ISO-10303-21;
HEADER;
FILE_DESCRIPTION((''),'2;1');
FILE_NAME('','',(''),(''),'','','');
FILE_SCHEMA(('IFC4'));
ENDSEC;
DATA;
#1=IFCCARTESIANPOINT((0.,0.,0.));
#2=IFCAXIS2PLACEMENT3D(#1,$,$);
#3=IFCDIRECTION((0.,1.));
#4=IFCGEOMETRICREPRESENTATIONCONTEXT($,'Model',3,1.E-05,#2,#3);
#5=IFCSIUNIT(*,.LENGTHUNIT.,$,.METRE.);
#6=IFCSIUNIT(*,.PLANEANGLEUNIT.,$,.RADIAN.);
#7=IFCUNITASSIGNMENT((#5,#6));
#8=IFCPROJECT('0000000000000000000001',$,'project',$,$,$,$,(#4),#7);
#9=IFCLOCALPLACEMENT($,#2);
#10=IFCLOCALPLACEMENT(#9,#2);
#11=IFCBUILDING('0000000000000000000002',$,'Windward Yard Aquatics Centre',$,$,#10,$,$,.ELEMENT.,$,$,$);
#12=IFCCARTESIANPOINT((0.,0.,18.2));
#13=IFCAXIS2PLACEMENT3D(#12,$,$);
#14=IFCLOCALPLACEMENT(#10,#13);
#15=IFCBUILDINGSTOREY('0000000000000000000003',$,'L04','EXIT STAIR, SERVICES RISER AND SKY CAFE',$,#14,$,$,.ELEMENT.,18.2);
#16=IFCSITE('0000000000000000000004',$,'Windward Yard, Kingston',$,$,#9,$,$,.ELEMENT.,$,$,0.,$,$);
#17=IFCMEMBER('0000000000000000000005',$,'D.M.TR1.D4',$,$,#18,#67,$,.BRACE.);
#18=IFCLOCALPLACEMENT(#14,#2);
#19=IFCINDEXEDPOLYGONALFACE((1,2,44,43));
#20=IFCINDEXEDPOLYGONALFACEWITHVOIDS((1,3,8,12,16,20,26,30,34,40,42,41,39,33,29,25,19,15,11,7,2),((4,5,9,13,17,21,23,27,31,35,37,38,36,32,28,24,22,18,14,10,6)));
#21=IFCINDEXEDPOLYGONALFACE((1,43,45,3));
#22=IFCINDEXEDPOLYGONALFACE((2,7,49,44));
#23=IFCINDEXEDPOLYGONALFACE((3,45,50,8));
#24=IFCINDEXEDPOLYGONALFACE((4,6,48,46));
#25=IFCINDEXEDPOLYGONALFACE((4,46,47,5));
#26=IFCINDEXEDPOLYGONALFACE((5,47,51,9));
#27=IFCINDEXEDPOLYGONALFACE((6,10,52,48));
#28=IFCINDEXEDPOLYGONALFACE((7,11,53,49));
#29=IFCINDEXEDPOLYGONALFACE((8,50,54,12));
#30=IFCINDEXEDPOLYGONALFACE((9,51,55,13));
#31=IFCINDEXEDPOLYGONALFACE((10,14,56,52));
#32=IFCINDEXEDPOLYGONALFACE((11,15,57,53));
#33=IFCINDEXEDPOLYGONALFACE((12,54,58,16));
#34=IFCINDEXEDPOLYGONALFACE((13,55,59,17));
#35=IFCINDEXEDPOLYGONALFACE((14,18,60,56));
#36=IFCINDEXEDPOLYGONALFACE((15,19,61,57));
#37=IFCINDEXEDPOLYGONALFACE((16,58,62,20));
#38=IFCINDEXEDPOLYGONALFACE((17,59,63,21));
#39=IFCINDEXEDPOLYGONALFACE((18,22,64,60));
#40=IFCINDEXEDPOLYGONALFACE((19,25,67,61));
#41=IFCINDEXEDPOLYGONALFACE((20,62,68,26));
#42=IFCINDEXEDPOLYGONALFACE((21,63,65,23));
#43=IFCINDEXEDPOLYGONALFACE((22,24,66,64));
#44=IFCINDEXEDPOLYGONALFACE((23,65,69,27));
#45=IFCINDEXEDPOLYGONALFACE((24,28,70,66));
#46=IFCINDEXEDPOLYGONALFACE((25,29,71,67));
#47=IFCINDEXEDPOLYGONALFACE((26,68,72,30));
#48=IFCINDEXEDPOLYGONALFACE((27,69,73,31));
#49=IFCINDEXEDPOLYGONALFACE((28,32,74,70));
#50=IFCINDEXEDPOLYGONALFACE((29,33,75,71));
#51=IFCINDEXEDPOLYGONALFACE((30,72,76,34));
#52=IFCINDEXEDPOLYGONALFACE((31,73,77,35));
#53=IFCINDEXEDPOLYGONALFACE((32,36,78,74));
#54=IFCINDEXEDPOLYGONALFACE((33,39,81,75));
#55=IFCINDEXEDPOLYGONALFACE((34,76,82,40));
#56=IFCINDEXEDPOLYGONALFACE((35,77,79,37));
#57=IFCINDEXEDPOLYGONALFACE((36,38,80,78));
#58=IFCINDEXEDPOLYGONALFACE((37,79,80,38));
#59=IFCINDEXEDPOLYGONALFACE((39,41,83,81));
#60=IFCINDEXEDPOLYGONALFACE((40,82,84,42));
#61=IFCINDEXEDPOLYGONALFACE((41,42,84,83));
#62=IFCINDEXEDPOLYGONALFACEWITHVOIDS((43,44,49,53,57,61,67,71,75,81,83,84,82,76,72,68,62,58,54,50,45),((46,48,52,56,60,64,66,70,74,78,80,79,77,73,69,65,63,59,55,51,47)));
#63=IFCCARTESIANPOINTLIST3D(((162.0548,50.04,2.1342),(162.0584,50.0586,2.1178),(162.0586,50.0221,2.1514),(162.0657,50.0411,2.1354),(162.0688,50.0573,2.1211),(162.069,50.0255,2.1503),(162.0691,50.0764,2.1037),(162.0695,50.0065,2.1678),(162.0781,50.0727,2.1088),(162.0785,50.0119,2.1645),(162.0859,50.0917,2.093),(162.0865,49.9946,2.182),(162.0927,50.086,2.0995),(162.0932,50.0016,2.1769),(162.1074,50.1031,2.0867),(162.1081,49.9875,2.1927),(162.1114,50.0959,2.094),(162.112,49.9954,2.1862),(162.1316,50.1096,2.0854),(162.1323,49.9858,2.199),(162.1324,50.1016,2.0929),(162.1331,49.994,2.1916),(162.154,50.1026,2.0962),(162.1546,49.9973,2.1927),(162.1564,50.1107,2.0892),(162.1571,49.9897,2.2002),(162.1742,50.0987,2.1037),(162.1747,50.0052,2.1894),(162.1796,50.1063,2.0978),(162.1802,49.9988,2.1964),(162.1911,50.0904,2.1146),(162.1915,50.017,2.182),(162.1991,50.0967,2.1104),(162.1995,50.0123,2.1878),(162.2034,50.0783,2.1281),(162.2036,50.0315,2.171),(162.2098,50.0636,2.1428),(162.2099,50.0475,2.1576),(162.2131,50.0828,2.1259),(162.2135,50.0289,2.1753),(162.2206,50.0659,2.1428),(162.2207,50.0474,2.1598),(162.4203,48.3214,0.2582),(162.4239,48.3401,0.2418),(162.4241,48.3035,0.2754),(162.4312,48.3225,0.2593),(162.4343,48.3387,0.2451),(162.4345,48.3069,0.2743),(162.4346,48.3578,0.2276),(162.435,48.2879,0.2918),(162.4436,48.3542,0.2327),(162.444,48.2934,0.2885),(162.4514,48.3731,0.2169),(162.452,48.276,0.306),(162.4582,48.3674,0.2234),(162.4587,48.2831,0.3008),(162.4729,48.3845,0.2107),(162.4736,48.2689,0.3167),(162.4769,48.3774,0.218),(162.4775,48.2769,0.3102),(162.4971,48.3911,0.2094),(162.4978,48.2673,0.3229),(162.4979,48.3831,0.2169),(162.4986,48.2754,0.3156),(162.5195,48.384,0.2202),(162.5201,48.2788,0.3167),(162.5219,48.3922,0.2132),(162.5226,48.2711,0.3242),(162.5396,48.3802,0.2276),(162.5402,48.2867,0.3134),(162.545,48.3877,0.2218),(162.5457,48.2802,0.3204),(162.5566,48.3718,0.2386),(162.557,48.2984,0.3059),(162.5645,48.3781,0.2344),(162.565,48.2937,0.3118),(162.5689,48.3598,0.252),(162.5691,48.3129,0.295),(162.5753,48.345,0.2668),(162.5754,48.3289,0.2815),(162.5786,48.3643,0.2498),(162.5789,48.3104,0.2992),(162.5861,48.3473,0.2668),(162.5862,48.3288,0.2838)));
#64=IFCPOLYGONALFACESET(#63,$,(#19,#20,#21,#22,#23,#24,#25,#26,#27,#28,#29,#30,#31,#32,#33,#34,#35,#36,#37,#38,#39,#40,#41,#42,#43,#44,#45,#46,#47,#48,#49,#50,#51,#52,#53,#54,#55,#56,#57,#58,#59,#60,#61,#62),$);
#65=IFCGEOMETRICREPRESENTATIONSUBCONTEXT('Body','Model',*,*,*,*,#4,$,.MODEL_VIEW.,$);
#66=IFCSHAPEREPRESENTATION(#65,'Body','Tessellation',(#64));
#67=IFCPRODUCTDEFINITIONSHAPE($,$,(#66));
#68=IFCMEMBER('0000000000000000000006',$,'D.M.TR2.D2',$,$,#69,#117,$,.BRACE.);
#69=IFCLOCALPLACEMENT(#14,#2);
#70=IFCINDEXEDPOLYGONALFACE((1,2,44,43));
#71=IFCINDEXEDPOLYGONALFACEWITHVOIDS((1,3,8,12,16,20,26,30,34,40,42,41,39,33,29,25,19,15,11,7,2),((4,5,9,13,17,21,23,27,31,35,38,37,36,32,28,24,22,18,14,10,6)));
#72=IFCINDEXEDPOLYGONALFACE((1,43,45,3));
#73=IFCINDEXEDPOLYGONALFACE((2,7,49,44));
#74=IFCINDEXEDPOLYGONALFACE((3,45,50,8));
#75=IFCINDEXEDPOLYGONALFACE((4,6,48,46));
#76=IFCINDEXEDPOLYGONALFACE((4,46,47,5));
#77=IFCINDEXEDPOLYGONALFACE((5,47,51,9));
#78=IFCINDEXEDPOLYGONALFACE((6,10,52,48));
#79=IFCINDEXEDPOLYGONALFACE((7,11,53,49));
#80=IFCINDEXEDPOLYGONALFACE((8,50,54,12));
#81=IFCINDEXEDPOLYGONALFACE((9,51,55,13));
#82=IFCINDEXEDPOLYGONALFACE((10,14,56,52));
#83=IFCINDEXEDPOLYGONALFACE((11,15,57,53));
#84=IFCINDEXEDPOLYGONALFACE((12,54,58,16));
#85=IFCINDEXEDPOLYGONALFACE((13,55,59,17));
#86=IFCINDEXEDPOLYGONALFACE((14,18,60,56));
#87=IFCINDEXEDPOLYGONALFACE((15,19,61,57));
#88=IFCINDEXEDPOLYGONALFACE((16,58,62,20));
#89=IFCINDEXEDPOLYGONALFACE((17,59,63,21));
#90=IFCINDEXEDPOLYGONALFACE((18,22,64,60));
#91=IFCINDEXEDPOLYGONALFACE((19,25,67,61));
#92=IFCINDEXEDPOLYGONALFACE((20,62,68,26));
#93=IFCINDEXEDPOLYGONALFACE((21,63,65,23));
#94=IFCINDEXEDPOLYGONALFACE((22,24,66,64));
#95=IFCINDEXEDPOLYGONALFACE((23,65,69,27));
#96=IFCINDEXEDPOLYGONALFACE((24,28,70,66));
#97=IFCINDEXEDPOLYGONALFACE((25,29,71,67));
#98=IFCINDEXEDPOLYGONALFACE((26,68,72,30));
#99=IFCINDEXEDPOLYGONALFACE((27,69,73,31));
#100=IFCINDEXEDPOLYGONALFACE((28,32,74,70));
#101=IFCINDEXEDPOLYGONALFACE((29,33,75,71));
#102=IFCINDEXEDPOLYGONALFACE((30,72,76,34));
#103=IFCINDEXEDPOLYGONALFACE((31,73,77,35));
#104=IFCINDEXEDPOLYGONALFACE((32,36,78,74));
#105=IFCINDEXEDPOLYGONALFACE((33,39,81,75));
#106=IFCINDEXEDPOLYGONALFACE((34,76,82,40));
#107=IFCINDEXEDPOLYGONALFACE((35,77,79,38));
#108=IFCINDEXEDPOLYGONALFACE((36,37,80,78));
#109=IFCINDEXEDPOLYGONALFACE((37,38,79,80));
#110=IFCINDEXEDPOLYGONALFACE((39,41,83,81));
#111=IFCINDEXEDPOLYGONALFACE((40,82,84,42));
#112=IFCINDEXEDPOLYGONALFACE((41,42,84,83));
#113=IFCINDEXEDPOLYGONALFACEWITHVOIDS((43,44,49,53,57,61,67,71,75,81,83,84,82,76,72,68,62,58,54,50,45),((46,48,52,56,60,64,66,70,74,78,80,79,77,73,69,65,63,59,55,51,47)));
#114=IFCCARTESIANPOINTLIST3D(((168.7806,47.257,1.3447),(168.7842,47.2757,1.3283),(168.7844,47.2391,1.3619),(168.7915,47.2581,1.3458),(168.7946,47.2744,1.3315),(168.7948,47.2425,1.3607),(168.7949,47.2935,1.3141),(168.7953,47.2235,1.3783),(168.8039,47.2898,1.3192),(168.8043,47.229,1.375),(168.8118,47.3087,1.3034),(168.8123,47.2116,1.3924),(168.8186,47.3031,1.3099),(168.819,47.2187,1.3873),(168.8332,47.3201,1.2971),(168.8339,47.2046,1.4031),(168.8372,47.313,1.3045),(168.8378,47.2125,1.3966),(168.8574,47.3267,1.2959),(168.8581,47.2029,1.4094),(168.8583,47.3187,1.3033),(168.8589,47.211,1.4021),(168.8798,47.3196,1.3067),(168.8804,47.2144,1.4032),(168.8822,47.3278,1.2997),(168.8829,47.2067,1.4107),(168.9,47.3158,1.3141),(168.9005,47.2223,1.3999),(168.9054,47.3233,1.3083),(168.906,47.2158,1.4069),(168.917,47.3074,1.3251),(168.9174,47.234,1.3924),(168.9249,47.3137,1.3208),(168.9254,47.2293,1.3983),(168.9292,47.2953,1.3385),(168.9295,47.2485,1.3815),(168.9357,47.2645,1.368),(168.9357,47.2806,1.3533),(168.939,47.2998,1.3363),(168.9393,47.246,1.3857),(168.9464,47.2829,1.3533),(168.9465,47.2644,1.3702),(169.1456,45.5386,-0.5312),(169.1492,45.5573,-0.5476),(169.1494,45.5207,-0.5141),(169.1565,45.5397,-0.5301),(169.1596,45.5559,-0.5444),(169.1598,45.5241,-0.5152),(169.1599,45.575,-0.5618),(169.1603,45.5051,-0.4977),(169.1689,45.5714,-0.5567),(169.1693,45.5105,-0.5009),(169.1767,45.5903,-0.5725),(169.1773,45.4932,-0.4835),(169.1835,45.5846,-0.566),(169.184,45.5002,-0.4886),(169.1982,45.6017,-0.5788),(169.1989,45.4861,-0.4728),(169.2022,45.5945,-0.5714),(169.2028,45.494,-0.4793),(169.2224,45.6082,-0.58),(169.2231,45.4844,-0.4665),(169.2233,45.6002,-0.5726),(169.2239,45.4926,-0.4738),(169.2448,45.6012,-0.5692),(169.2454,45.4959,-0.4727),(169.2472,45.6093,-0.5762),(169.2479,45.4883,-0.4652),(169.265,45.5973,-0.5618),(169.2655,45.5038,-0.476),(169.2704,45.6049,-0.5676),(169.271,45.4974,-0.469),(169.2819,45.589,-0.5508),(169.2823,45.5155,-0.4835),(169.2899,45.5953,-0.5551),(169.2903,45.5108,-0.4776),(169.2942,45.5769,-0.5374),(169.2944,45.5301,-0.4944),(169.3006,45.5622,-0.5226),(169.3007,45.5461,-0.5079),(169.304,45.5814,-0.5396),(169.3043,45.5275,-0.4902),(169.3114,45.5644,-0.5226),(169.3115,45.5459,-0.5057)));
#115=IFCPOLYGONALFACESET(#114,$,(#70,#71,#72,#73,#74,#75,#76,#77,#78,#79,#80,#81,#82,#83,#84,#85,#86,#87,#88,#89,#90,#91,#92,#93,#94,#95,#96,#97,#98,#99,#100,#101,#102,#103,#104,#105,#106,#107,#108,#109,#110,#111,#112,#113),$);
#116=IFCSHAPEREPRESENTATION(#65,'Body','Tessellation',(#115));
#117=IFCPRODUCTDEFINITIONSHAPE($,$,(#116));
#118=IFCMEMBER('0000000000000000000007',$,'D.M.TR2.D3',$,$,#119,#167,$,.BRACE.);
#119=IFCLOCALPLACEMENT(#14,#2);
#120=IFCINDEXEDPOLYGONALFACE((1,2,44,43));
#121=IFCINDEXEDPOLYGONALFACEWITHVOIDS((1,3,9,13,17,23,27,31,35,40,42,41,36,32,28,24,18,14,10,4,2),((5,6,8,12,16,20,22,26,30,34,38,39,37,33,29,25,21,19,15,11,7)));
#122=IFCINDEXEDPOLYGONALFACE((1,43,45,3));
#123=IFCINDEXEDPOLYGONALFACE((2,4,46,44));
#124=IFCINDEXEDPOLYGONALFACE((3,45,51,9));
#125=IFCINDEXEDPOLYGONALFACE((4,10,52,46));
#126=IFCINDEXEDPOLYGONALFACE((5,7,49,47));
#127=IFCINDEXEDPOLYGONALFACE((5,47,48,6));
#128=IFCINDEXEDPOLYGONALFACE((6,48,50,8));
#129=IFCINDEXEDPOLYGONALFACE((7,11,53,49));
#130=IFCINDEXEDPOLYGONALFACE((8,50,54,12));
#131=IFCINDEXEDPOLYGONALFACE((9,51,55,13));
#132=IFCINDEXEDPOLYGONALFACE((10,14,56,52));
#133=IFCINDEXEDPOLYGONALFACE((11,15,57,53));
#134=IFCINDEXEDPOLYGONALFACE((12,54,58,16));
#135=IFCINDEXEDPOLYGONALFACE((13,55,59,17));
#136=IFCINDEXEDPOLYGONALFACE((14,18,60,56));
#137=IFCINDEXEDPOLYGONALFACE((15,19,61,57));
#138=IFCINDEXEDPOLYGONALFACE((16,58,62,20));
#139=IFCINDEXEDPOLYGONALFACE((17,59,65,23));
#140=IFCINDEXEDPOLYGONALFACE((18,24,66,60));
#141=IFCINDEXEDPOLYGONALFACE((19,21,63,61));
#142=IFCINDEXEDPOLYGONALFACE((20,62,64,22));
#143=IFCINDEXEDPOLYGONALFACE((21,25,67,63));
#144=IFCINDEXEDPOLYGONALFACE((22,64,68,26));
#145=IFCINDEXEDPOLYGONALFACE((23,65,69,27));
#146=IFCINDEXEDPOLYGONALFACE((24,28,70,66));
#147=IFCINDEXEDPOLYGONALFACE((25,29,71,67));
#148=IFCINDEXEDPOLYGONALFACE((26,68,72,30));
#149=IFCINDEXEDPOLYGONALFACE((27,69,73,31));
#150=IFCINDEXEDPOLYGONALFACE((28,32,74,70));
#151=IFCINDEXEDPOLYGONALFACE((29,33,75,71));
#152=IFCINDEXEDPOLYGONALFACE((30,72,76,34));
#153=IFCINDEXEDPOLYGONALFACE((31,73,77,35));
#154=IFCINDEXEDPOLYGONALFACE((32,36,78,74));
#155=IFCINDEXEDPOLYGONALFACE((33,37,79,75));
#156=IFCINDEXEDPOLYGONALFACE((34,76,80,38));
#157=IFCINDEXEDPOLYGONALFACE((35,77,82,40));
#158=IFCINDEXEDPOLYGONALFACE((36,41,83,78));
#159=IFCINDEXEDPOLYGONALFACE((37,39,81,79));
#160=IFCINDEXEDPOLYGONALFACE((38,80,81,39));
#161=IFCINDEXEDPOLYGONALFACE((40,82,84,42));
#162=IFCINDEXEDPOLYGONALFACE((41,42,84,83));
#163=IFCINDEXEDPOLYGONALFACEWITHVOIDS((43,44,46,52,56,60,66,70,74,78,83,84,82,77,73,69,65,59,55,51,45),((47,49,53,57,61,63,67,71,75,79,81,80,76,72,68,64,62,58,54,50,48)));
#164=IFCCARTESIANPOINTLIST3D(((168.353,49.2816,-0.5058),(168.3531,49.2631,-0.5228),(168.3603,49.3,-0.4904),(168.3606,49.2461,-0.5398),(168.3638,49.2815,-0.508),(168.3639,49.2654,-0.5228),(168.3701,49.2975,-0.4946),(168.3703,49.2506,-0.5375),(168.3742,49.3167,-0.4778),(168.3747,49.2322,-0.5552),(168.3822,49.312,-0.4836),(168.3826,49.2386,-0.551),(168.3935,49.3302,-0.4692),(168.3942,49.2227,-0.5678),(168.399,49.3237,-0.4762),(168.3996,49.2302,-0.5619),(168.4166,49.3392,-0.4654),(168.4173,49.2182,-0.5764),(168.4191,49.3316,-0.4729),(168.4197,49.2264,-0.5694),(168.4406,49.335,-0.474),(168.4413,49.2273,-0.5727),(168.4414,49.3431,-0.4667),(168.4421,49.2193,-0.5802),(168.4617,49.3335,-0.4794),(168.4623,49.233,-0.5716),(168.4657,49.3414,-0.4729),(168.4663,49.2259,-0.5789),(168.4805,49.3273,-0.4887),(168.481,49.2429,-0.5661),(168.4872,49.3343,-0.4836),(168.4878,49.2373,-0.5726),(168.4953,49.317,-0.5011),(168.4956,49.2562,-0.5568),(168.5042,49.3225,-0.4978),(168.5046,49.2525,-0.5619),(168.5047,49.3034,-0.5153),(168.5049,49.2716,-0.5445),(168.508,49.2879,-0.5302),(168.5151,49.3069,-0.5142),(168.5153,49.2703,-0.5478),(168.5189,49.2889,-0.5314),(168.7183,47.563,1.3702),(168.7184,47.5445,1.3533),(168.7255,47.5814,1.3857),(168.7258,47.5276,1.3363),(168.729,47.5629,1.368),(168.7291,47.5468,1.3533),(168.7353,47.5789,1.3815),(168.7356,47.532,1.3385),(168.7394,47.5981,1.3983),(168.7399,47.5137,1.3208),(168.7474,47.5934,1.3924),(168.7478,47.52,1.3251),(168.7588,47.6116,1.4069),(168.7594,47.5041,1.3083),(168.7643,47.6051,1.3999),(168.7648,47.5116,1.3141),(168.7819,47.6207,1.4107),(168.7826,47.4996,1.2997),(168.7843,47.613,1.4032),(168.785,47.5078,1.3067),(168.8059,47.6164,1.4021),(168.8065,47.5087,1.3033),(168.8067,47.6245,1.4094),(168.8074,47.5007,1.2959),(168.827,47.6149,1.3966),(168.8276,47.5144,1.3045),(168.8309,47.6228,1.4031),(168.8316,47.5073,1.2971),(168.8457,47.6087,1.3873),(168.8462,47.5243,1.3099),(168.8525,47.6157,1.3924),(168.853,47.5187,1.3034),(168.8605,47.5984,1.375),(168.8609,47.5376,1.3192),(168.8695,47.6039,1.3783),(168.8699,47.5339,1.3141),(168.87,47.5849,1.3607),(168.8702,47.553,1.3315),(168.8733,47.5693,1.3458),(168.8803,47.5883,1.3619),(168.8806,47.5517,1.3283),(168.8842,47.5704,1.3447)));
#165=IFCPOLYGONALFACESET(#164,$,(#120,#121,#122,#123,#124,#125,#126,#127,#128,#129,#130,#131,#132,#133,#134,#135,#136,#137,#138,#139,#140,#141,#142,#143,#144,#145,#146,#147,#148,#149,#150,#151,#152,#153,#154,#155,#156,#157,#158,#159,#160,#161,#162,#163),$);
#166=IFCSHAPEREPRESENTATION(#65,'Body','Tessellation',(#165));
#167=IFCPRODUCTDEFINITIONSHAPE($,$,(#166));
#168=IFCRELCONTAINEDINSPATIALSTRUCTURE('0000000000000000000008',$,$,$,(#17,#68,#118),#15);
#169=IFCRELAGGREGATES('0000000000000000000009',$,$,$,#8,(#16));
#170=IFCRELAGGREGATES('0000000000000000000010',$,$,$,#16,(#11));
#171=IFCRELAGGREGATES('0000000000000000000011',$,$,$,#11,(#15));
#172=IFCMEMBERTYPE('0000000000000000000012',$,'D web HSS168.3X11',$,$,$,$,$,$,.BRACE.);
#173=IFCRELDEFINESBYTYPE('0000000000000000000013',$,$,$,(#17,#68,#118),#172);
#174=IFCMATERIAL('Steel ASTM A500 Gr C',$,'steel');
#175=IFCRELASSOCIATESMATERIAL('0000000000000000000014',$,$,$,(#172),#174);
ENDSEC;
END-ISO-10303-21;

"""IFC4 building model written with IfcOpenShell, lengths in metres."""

from ifc_helpers import new_model, si_unit, direction, frame, origin, origin_2d, place, context, subcontext, project, spatial, hollow_circle, extrude, material, material_profile, profile_set, type_object, element, save


model = new_model("IFC4")

# Units and contexts
model_context = context("Model", 3, precision=1e-05, world=origin(), true_north=direction((0.0, 1.0)))
body_context = subcontext(model_context, "Body", "Model", "MODEL_VIEW")
ifc_project = project(units=[si_unit("LENGTHUNIT", "METRE"), si_unit("PLANEANGLEUNIT", "RADIAN")], contexts=[model_context])

# Site, building, storey
site_placement = place(None, origin())
site = spatial("IfcSite", under=ifc_project, at=site_placement, Name="Windward Yard, Kingston", CompositionType="ELEMENT", RefElevation=0.0)
building_placement = place(site_placement, origin())
building = spatial("IfcBuilding", under=site, at=building_placement, Name="Windward Yard Aquatics Centre", CompositionType="ELEMENT")
storey_placement = place(building_placement, frame((0.0, 0.0, 18.2)))
storey = spatial("IfcBuildingStorey", under=building, at=storey_placement, Name="L04", Description="EXIT STAIR, SERVICES RISER AND SKY CAFE", CompositionType="ELEMENT", Elevation=18.2)

# Members
ifc_material_1 = material(Name="Steel ASTM A500 Gr C", Category="steel")
ifc_material_profile_1 = material_profile(ifc_material_1, hollow_circle(Radius=0.0842, WallThickness=0.011, at=origin_2d()), Name="HSS168.3X11")
ifc_profile_set_1 = profile_set([ifc_material_profile_1], Name="Steel ASTM A500 Gr C")
member_type_1 = type_object("IfcMemberType", Name="D web HSS168.3X11", PredefinedType="BRACE", material=ifc_profile_set_1)
for number, where, z_axis, x_axis, name in (
    (1, (162.1382, 50.0483, 2.1428), (0.142196, -0.668617, -0.729884), (0.978125, 0.20802, 0.0), "D.M.TR1.D4"),
):
    element("IfcMember", number, at=place(storey_placement, frame(where, z_axis=z_axis, x_axis=x_axis)), inside=storey, type_object=member_type_1, Name=name, PredefinedType="BRACE", context=body_context, shape_type="SweptSolid", body=[
        extrude(hollow_circle(Radius=0.0842, WallThickness=0.011, at=origin_2d()), origin(), (0.0, 0.0, 1.0), 2.5703),
    ])
member_1_placement = place(storey_placement, frame((168.864, 47.2654, 1.3533), z_axis=(0.14201, -0.668635, -0.729904), x_axis=(0.978181, 0.207754, 0.0)))
element("IfcMember", 2, at=member_1_placement, inside=storey, type_object=member_type_1, Name="D.M.TR2.D2", PredefinedType="BRACE", context=body_context, shape_type="SweptSolid", body=[
    extrude(hollow_circle(Radius=0.0842, WallThickness=0.011, at=origin_2d()), origin(), (0.0, 0.0, 1.0), 2.5701),
])
for number, where, z_axis, x_axis, name in (
    (3, (168.8008, 47.562, 1.3533), (-0.142103, 0.668626, -0.729894), (-0.978153, -0.207887, 0.0), "D.M.TR2.D3"),
):
    element("IfcMember", number, at=place(storey_placement, frame(where, z_axis=z_axis, x_axis=x_axis)), inside=storey, type_object=member_type_1, Name=name, PredefinedType="BRACE", context=body_context, shape_type="SweptSolid", body=[
        extrude(hollow_circle(Radius=0.0842, WallThickness=0.011, at=origin_2d()), origin(), (0.0, 0.0, 1.0), 2.5703),
    ])

save(model, "model.ifc")
